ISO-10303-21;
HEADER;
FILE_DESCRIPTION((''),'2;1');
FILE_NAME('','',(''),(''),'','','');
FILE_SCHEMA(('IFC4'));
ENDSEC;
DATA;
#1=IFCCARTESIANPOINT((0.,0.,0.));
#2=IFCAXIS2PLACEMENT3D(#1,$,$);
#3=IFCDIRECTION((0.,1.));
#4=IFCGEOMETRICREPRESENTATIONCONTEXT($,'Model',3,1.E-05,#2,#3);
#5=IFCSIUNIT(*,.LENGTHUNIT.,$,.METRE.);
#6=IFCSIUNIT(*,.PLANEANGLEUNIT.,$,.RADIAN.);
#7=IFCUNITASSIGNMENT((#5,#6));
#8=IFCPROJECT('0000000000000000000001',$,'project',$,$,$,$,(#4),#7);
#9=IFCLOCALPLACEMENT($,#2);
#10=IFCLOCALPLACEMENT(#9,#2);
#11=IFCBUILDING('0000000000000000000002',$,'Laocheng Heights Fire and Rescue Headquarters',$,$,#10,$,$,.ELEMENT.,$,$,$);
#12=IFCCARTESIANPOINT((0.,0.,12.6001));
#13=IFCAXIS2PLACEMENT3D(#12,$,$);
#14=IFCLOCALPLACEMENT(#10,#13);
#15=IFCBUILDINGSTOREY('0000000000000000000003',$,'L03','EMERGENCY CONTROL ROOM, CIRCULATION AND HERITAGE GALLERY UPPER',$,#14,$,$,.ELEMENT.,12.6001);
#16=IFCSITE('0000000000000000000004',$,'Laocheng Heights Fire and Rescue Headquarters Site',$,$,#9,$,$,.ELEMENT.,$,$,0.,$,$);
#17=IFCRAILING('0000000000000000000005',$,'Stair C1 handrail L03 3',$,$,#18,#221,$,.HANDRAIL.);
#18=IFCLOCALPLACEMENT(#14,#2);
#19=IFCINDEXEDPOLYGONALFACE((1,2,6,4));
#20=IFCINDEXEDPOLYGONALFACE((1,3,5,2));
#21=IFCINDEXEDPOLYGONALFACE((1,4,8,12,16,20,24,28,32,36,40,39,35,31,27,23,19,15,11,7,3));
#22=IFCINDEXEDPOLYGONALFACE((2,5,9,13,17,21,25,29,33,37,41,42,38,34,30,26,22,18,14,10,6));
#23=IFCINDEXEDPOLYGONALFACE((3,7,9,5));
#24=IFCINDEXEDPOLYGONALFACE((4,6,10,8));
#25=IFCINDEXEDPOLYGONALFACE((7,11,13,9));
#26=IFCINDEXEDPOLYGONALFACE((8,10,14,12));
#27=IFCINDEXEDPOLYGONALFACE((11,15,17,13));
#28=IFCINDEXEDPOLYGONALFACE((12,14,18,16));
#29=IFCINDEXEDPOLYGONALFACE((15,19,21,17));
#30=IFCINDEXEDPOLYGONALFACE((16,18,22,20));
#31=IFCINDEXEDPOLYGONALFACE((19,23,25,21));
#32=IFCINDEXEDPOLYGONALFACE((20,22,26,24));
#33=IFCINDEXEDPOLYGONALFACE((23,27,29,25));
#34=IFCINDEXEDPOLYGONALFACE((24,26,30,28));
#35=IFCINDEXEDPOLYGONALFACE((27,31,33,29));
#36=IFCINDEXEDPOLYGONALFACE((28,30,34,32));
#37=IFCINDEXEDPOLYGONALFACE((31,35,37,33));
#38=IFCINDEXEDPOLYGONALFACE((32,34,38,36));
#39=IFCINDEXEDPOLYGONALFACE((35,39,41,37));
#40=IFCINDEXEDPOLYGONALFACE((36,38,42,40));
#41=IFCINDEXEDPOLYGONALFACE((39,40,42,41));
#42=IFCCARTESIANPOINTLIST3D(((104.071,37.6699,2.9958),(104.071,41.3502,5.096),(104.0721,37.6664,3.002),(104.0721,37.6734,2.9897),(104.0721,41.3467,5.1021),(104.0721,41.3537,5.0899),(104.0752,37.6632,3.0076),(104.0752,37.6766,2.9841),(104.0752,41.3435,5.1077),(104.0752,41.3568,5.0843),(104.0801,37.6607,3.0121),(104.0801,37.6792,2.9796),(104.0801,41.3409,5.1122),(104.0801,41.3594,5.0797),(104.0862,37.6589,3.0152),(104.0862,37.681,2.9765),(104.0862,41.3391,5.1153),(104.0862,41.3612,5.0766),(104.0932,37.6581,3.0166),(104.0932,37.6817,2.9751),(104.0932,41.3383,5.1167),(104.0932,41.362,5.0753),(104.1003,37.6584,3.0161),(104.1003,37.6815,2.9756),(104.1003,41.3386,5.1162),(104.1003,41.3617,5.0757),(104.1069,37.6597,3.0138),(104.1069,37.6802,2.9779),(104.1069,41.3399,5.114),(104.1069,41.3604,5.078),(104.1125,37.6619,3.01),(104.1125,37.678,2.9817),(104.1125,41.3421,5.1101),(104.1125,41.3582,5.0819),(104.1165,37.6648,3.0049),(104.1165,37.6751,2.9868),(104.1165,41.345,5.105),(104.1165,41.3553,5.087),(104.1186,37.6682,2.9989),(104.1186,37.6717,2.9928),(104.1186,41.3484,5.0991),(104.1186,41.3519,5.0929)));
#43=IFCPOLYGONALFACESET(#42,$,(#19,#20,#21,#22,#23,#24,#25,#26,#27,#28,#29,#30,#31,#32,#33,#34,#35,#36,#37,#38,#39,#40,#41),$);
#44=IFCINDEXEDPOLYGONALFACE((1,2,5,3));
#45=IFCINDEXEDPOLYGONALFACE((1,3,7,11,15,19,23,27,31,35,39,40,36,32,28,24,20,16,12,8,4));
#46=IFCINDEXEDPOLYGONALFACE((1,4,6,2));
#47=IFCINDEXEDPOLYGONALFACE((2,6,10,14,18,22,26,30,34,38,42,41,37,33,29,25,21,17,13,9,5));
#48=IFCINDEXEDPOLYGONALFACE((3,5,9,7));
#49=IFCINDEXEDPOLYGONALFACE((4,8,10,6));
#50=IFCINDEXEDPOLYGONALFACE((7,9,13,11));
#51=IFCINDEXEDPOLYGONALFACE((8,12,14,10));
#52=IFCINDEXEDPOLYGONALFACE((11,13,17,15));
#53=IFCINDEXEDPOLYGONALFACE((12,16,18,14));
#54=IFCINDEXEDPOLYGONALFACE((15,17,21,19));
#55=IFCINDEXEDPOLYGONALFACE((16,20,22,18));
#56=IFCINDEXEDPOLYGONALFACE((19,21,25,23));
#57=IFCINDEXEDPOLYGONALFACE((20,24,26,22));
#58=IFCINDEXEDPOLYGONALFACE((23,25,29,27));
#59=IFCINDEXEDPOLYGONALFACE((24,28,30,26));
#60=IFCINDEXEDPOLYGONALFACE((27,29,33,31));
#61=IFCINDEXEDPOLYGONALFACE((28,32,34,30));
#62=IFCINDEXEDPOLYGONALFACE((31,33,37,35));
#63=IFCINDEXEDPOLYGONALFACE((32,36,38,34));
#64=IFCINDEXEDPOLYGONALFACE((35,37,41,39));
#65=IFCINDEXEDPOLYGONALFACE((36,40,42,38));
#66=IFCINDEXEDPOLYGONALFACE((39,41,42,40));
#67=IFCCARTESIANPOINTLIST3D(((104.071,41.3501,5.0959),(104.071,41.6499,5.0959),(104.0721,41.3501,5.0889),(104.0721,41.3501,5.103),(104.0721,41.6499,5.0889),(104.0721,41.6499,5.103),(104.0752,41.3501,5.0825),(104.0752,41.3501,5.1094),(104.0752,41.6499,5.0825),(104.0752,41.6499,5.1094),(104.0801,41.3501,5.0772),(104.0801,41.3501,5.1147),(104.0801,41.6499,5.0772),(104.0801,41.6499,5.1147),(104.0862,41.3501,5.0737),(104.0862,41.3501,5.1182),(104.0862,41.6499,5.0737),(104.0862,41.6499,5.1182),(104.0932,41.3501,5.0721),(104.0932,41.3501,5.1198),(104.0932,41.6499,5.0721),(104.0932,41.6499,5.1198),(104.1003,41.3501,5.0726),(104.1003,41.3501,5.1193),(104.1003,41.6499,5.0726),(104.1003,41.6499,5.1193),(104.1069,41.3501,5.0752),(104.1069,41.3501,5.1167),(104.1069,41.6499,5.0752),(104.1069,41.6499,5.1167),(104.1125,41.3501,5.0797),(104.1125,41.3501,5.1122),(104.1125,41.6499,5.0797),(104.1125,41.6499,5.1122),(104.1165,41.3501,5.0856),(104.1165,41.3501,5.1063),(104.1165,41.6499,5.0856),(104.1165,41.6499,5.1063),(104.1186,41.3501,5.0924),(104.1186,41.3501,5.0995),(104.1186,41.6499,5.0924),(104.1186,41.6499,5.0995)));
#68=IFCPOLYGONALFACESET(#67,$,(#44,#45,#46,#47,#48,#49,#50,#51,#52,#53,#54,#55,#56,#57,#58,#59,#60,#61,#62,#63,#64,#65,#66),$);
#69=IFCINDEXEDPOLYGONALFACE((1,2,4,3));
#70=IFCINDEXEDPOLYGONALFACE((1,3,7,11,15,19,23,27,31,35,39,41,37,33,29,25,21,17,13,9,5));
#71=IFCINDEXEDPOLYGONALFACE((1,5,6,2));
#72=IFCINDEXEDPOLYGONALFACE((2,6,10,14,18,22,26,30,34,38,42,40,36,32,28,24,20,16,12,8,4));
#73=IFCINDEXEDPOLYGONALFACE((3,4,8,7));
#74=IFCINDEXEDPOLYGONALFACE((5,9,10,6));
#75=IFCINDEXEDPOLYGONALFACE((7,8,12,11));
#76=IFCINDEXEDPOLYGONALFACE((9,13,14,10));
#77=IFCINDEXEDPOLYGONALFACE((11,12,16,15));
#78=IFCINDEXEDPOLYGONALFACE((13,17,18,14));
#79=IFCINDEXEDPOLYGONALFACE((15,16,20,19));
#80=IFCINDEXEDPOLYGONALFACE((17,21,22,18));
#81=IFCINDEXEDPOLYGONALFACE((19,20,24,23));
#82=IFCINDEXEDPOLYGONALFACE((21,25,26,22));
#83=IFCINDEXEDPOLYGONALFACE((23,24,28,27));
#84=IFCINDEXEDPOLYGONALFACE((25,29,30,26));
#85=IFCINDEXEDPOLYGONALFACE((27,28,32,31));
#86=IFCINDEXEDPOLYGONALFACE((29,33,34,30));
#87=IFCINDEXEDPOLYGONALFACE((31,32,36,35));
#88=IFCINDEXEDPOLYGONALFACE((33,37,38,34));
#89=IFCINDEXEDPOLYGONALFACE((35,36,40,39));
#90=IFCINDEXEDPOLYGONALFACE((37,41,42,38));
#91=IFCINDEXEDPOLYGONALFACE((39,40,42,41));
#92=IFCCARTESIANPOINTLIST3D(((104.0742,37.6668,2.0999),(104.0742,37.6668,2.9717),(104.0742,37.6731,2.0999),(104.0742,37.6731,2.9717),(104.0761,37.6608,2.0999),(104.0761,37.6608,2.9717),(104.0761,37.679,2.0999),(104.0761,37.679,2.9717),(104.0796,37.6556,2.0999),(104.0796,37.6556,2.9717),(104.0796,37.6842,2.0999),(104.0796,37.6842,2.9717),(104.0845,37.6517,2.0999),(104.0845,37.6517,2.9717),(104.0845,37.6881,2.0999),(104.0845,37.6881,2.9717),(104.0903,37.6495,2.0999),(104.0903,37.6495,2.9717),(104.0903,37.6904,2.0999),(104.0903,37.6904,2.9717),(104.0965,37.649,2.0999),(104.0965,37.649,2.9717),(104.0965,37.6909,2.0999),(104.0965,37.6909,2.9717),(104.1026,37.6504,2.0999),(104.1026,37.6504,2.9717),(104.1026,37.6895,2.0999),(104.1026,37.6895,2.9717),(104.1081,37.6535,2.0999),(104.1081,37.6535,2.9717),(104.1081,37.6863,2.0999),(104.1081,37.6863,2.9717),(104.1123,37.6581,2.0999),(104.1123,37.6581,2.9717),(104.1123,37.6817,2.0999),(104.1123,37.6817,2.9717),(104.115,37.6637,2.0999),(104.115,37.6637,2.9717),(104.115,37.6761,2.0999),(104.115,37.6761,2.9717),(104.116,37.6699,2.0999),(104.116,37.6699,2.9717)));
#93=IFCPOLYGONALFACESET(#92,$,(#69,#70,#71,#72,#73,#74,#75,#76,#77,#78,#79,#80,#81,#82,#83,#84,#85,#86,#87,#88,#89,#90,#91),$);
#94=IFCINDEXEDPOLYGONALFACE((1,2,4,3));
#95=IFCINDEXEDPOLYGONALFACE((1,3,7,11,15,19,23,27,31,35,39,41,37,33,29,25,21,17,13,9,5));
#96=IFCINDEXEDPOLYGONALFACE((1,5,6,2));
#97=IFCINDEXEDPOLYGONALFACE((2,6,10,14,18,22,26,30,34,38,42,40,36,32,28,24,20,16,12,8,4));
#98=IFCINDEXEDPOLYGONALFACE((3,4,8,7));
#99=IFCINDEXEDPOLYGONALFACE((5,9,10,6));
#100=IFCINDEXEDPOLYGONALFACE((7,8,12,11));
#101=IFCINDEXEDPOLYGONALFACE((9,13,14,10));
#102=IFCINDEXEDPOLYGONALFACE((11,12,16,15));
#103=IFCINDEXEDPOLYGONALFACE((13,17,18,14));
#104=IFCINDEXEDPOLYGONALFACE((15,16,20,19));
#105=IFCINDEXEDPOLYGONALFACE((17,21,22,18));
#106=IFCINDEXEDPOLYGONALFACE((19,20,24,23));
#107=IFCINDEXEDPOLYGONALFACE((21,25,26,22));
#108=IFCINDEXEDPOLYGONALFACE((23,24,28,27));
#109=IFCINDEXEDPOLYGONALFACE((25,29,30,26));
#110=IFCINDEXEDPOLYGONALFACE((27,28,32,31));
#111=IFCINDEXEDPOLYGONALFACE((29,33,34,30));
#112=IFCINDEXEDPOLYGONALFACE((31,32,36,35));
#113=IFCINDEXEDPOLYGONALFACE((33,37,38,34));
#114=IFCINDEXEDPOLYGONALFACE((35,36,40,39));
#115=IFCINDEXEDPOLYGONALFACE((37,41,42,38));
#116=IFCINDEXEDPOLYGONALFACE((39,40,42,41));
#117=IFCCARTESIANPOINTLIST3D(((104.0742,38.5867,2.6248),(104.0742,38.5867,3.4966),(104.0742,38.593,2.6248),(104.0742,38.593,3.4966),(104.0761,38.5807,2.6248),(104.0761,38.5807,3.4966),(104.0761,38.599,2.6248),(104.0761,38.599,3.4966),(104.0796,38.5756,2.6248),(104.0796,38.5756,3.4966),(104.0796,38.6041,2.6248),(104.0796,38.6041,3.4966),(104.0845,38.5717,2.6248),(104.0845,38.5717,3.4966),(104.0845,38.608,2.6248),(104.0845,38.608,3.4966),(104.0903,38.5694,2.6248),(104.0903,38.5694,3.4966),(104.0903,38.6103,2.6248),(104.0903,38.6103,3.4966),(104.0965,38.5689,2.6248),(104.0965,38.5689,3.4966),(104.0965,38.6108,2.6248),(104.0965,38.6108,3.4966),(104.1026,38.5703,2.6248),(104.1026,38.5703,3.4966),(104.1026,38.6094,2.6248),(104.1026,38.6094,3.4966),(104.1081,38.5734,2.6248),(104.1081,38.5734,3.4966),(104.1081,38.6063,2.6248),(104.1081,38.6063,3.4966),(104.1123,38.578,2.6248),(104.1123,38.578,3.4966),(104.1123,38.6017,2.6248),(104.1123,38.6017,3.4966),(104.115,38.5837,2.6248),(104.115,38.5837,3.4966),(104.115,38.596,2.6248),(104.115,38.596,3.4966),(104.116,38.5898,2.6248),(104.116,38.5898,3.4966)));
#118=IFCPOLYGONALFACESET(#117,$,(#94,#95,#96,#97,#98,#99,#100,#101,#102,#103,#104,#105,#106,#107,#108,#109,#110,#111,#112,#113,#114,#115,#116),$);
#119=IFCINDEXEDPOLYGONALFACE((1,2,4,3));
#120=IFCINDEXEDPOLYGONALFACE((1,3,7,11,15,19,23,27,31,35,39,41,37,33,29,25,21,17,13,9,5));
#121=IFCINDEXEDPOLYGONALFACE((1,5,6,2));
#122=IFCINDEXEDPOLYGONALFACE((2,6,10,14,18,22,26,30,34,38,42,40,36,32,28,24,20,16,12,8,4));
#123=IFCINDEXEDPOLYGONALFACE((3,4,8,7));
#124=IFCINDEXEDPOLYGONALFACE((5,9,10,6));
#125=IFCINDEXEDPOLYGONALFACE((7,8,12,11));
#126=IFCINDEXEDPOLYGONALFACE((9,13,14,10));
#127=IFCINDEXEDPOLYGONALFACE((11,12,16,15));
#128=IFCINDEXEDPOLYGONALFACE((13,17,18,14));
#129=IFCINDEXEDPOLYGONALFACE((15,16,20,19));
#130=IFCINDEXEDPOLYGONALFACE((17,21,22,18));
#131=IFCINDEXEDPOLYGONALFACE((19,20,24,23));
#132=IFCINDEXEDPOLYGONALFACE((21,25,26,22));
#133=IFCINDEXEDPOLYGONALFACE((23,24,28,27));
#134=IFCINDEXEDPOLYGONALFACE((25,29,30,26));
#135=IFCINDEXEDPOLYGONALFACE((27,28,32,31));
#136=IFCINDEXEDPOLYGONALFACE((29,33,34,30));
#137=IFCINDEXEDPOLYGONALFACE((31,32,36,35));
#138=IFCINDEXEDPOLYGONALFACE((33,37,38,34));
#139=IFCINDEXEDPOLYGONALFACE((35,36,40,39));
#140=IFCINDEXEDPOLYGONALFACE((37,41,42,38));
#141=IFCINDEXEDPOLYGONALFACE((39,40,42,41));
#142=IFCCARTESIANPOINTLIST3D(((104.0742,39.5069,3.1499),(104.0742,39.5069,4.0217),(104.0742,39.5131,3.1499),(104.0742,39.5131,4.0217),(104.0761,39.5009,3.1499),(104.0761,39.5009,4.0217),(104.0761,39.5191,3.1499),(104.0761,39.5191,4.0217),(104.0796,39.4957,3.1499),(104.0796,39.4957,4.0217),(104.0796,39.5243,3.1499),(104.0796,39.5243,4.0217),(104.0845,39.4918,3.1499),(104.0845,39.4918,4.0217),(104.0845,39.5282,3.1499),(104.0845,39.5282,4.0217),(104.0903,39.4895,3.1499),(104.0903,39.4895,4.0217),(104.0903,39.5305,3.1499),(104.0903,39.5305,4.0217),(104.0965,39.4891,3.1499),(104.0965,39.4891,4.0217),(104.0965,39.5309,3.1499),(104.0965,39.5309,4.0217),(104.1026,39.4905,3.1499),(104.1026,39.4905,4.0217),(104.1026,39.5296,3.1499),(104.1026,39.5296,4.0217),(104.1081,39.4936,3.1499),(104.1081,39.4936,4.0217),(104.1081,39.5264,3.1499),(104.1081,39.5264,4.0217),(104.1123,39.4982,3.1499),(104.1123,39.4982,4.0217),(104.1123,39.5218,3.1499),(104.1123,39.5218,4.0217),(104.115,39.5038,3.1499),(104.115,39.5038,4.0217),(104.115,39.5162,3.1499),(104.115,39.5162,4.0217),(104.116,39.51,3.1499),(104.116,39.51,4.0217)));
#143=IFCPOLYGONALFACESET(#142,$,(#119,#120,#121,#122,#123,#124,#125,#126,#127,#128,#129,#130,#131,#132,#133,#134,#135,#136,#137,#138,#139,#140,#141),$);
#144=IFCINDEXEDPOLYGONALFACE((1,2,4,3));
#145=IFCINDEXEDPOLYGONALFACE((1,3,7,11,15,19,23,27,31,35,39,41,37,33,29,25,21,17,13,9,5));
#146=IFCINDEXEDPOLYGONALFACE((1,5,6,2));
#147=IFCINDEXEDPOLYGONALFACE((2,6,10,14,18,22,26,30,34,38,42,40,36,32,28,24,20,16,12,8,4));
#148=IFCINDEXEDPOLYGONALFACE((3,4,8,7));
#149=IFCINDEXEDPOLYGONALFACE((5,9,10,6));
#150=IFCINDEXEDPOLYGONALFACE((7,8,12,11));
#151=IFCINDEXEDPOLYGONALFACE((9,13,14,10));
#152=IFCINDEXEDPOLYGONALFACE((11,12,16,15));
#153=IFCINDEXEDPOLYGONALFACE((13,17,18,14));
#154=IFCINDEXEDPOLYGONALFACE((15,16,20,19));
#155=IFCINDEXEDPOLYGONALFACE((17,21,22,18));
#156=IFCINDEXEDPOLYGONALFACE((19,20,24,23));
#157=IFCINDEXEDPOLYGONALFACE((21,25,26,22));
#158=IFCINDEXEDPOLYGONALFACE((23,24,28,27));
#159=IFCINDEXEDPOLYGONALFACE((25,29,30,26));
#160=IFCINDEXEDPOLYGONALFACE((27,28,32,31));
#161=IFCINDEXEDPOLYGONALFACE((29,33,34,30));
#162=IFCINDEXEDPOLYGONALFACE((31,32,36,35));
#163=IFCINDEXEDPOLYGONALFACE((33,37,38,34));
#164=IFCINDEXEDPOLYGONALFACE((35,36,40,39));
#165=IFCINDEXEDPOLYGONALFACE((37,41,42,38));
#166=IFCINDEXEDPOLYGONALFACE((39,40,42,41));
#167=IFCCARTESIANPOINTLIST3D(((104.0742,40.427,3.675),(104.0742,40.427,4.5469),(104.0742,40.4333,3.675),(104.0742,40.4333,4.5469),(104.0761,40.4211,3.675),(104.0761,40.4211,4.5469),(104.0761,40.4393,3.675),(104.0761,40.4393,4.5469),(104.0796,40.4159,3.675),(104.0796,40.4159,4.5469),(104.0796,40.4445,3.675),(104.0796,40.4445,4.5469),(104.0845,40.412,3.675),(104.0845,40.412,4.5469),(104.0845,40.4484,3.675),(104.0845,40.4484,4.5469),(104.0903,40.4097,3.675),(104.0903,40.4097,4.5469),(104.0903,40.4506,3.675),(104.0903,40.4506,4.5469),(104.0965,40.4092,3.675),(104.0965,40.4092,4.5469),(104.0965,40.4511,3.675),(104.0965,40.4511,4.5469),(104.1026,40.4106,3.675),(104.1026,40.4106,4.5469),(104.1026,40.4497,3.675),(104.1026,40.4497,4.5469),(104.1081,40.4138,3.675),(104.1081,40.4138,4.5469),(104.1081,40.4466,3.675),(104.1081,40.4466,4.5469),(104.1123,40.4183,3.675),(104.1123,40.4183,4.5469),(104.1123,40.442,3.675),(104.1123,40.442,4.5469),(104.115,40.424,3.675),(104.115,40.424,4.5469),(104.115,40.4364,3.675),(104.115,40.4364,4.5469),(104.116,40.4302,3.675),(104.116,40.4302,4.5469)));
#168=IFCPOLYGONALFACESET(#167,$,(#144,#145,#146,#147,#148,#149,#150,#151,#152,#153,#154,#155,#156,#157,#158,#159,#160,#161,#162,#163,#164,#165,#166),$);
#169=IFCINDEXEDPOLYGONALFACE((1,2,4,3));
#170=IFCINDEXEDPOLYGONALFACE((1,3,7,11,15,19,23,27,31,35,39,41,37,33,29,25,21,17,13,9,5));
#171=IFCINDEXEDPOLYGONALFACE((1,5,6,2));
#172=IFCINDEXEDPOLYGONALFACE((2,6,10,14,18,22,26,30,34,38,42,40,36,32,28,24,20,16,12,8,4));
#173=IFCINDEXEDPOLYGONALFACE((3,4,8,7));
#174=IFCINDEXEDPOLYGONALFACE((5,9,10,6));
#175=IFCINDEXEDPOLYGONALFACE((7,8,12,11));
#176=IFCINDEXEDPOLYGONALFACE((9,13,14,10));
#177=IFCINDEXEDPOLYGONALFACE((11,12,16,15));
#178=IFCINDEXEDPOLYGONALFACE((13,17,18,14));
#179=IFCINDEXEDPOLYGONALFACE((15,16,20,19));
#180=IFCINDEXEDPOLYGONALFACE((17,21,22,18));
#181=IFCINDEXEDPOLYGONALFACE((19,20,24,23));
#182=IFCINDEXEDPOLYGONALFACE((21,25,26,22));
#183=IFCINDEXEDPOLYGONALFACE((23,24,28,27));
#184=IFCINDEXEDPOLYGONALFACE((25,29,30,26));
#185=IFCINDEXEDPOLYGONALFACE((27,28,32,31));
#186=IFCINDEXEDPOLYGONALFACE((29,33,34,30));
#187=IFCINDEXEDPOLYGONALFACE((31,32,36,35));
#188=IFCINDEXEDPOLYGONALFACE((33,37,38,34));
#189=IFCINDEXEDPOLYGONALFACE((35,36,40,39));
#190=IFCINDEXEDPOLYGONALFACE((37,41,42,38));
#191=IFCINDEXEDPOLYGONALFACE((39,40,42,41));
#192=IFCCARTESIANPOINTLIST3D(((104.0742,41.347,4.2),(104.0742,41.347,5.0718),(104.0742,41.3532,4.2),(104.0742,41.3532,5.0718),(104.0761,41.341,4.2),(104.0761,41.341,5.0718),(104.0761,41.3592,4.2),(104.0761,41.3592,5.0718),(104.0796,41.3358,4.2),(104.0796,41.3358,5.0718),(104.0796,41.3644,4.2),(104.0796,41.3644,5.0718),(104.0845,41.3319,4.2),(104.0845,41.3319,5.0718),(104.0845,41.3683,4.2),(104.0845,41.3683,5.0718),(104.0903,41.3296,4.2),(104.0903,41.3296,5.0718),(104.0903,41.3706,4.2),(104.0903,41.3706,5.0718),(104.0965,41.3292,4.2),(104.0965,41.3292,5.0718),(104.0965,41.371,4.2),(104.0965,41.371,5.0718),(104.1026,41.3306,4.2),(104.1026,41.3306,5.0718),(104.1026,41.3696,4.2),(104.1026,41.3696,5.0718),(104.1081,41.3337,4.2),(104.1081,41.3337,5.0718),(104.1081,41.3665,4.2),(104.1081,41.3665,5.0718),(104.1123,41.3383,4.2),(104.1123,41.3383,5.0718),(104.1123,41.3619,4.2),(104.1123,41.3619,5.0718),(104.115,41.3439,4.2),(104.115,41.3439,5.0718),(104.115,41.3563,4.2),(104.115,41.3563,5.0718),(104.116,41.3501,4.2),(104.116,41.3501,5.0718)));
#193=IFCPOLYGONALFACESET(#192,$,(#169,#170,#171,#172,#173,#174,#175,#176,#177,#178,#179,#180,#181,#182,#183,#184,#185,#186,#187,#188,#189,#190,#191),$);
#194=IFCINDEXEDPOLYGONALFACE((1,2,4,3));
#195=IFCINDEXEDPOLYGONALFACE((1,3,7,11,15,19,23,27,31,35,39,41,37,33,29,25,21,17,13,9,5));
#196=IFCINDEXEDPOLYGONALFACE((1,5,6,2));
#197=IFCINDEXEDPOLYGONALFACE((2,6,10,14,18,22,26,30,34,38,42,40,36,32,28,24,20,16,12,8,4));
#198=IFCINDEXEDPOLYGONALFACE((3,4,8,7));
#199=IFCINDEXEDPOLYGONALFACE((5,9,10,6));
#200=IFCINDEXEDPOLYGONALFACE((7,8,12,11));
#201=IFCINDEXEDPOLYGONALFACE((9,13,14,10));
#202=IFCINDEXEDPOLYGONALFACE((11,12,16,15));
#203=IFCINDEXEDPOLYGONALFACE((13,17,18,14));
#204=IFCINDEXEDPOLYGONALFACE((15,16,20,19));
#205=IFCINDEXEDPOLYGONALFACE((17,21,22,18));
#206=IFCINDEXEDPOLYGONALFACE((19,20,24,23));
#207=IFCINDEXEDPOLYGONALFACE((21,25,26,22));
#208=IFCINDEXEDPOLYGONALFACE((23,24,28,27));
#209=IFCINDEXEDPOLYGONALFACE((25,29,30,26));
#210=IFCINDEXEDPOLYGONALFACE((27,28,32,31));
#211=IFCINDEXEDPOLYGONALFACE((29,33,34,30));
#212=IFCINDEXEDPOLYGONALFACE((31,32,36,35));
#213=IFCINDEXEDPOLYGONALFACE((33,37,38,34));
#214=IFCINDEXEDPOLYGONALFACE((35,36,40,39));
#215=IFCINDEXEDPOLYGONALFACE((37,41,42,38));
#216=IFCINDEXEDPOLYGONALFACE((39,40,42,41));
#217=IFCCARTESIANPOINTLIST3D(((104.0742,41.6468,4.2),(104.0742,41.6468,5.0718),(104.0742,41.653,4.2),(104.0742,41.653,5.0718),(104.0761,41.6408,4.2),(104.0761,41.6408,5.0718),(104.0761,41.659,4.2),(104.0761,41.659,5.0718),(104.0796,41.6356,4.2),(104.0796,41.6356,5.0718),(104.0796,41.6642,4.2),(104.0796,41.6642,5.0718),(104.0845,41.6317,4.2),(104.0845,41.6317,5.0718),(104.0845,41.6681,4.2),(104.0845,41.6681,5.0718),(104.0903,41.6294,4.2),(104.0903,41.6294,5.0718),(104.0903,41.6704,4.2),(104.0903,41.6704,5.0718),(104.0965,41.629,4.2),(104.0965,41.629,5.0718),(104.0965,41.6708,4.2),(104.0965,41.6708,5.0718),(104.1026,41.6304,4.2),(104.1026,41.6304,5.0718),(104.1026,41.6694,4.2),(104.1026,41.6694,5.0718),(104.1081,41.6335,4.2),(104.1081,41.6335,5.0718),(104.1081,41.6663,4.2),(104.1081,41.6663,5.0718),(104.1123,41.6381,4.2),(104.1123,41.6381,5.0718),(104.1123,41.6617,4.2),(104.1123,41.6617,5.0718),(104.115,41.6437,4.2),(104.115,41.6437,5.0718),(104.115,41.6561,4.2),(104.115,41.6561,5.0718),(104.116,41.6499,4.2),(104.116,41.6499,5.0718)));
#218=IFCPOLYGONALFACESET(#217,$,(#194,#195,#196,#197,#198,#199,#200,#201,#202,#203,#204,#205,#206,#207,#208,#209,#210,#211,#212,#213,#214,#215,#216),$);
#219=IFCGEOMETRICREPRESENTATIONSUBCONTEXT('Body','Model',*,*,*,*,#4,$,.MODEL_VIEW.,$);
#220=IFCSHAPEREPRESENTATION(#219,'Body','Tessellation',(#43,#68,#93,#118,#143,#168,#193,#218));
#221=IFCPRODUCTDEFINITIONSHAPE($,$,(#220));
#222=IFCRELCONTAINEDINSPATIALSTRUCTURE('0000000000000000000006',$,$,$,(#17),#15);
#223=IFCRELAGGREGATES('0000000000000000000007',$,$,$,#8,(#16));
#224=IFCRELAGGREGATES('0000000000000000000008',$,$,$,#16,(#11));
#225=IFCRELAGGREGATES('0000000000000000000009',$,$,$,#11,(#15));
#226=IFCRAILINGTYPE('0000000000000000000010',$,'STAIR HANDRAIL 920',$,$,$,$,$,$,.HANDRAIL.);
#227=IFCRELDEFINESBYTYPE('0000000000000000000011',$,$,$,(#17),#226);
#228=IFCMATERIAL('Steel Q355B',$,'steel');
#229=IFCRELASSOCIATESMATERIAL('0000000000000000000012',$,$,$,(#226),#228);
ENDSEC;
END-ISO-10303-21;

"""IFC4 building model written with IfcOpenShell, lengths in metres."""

from ifc_helpers import new_model, si_unit, direction, frame, origin, origin_2d, place, context, subcontext, project, spatial, circle, extrude, material, type_object, element, save


model = new_model("IFC4")

# Units and contexts
model_context = context("Model", 3, precision=1e-05, world=origin(), true_north=direction((0.0, 1.0)))
body_context = subcontext(model_context, "Body", "Model", "MODEL_VIEW")
ifc_project = project(units=[si_unit("LENGTHUNIT", "METRE"), si_unit("PLANEANGLEUNIT", "RADIAN")], contexts=[model_context])

# Site, building, storey
site_placement = place(None, origin())
site = spatial("IfcSite", under=ifc_project, at=site_placement, Name="Laocheng Heights Fire and Rescue Headquarters Site", CompositionType="ELEMENT", RefElevation=0.0)
building_placement = place(site_placement, origin())
building = spatial("IfcBuilding", under=site, at=building_placement, Name="Laocheng Heights Fire and Rescue Headquarters", CompositionType="ELEMENT")
storey_placement = place(building_placement, frame((0.0, 0.0, 12.6001)))
storey = spatial("IfcBuildingStorey", under=building, at=storey_placement, Name="L03", Description="EMERGENCY CONTROL ROOM, CIRCULATION AND HERITAGE GALLERY UPPER", CompositionType="ELEMENT", Elevation=12.6001)

# Railing
ifc_material_1 = material(Name="Steel Q355B", Category="steel")
railing_type = type_object("IfcRailingType", Name="STAIR HANDRAIL 920", PredefinedType="HANDRAIL", material=ifc_material_1)
railing_placement = place(storey_placement, frame((104.095, 37.6699, 2.0999)))
element("IfcRailing", 1, at=railing_placement, inside=storey, type_object=railing_type, Name="Stair C1 handrail L03 3", PredefinedType="HANDRAIL", context=body_context, shape_type="SweptSolid", body=[
    extrude(circle(Radius=0.0239, at=origin_2d()), frame((0.0, 0.0, 0.896), z_axis=(0.0, 0.868534, 0.49563), x_axis=(-1.0, 0.0, 0.0)), (0.0, 0.0, 1.0), 4.2373),
    extrude(circle(Radius=0.0239, at=origin_2d()), frame((0.0, 3.6802, 2.9961), z_axis=(0.0, 1.0, 0.0), x_axis=(-1.0, 0.0, 0.0)), (0.0, 0.0, 1.0), 0.2998),
    extrude(circle(Radius=0.021, at=origin_2d()), origin(), (0.0, 0.0, 1.0), 0.8718),
    extrude(circle(Radius=0.021, at=origin_2d()), frame((0.0, 0.9199, 0.5249)), (0.0, 0.0, 1.0), 0.8718),
    extrude(circle(Radius=0.021, at=origin_2d()), frame((0.0, 1.8401, 1.05)), (0.0, 0.0, 1.0), 0.8718),
    extrude(circle(Radius=0.021, at=origin_2d()), frame((0.0, 2.7603, 1.5752)), (0.0, 0.0, 1.0), 0.8718),
    extrude(circle(Radius=0.021, at=origin_2d()), frame((0.0, 3.6802, 2.1001)), (0.0, 0.0, 1.0), 0.8718),
    extrude(circle(Radius=0.021, at=origin_2d()), frame((0.0, 3.98, 2.1001)), (0.0, 0.0, 1.0), 0.8718),
])

save(model, "model.ifc")
